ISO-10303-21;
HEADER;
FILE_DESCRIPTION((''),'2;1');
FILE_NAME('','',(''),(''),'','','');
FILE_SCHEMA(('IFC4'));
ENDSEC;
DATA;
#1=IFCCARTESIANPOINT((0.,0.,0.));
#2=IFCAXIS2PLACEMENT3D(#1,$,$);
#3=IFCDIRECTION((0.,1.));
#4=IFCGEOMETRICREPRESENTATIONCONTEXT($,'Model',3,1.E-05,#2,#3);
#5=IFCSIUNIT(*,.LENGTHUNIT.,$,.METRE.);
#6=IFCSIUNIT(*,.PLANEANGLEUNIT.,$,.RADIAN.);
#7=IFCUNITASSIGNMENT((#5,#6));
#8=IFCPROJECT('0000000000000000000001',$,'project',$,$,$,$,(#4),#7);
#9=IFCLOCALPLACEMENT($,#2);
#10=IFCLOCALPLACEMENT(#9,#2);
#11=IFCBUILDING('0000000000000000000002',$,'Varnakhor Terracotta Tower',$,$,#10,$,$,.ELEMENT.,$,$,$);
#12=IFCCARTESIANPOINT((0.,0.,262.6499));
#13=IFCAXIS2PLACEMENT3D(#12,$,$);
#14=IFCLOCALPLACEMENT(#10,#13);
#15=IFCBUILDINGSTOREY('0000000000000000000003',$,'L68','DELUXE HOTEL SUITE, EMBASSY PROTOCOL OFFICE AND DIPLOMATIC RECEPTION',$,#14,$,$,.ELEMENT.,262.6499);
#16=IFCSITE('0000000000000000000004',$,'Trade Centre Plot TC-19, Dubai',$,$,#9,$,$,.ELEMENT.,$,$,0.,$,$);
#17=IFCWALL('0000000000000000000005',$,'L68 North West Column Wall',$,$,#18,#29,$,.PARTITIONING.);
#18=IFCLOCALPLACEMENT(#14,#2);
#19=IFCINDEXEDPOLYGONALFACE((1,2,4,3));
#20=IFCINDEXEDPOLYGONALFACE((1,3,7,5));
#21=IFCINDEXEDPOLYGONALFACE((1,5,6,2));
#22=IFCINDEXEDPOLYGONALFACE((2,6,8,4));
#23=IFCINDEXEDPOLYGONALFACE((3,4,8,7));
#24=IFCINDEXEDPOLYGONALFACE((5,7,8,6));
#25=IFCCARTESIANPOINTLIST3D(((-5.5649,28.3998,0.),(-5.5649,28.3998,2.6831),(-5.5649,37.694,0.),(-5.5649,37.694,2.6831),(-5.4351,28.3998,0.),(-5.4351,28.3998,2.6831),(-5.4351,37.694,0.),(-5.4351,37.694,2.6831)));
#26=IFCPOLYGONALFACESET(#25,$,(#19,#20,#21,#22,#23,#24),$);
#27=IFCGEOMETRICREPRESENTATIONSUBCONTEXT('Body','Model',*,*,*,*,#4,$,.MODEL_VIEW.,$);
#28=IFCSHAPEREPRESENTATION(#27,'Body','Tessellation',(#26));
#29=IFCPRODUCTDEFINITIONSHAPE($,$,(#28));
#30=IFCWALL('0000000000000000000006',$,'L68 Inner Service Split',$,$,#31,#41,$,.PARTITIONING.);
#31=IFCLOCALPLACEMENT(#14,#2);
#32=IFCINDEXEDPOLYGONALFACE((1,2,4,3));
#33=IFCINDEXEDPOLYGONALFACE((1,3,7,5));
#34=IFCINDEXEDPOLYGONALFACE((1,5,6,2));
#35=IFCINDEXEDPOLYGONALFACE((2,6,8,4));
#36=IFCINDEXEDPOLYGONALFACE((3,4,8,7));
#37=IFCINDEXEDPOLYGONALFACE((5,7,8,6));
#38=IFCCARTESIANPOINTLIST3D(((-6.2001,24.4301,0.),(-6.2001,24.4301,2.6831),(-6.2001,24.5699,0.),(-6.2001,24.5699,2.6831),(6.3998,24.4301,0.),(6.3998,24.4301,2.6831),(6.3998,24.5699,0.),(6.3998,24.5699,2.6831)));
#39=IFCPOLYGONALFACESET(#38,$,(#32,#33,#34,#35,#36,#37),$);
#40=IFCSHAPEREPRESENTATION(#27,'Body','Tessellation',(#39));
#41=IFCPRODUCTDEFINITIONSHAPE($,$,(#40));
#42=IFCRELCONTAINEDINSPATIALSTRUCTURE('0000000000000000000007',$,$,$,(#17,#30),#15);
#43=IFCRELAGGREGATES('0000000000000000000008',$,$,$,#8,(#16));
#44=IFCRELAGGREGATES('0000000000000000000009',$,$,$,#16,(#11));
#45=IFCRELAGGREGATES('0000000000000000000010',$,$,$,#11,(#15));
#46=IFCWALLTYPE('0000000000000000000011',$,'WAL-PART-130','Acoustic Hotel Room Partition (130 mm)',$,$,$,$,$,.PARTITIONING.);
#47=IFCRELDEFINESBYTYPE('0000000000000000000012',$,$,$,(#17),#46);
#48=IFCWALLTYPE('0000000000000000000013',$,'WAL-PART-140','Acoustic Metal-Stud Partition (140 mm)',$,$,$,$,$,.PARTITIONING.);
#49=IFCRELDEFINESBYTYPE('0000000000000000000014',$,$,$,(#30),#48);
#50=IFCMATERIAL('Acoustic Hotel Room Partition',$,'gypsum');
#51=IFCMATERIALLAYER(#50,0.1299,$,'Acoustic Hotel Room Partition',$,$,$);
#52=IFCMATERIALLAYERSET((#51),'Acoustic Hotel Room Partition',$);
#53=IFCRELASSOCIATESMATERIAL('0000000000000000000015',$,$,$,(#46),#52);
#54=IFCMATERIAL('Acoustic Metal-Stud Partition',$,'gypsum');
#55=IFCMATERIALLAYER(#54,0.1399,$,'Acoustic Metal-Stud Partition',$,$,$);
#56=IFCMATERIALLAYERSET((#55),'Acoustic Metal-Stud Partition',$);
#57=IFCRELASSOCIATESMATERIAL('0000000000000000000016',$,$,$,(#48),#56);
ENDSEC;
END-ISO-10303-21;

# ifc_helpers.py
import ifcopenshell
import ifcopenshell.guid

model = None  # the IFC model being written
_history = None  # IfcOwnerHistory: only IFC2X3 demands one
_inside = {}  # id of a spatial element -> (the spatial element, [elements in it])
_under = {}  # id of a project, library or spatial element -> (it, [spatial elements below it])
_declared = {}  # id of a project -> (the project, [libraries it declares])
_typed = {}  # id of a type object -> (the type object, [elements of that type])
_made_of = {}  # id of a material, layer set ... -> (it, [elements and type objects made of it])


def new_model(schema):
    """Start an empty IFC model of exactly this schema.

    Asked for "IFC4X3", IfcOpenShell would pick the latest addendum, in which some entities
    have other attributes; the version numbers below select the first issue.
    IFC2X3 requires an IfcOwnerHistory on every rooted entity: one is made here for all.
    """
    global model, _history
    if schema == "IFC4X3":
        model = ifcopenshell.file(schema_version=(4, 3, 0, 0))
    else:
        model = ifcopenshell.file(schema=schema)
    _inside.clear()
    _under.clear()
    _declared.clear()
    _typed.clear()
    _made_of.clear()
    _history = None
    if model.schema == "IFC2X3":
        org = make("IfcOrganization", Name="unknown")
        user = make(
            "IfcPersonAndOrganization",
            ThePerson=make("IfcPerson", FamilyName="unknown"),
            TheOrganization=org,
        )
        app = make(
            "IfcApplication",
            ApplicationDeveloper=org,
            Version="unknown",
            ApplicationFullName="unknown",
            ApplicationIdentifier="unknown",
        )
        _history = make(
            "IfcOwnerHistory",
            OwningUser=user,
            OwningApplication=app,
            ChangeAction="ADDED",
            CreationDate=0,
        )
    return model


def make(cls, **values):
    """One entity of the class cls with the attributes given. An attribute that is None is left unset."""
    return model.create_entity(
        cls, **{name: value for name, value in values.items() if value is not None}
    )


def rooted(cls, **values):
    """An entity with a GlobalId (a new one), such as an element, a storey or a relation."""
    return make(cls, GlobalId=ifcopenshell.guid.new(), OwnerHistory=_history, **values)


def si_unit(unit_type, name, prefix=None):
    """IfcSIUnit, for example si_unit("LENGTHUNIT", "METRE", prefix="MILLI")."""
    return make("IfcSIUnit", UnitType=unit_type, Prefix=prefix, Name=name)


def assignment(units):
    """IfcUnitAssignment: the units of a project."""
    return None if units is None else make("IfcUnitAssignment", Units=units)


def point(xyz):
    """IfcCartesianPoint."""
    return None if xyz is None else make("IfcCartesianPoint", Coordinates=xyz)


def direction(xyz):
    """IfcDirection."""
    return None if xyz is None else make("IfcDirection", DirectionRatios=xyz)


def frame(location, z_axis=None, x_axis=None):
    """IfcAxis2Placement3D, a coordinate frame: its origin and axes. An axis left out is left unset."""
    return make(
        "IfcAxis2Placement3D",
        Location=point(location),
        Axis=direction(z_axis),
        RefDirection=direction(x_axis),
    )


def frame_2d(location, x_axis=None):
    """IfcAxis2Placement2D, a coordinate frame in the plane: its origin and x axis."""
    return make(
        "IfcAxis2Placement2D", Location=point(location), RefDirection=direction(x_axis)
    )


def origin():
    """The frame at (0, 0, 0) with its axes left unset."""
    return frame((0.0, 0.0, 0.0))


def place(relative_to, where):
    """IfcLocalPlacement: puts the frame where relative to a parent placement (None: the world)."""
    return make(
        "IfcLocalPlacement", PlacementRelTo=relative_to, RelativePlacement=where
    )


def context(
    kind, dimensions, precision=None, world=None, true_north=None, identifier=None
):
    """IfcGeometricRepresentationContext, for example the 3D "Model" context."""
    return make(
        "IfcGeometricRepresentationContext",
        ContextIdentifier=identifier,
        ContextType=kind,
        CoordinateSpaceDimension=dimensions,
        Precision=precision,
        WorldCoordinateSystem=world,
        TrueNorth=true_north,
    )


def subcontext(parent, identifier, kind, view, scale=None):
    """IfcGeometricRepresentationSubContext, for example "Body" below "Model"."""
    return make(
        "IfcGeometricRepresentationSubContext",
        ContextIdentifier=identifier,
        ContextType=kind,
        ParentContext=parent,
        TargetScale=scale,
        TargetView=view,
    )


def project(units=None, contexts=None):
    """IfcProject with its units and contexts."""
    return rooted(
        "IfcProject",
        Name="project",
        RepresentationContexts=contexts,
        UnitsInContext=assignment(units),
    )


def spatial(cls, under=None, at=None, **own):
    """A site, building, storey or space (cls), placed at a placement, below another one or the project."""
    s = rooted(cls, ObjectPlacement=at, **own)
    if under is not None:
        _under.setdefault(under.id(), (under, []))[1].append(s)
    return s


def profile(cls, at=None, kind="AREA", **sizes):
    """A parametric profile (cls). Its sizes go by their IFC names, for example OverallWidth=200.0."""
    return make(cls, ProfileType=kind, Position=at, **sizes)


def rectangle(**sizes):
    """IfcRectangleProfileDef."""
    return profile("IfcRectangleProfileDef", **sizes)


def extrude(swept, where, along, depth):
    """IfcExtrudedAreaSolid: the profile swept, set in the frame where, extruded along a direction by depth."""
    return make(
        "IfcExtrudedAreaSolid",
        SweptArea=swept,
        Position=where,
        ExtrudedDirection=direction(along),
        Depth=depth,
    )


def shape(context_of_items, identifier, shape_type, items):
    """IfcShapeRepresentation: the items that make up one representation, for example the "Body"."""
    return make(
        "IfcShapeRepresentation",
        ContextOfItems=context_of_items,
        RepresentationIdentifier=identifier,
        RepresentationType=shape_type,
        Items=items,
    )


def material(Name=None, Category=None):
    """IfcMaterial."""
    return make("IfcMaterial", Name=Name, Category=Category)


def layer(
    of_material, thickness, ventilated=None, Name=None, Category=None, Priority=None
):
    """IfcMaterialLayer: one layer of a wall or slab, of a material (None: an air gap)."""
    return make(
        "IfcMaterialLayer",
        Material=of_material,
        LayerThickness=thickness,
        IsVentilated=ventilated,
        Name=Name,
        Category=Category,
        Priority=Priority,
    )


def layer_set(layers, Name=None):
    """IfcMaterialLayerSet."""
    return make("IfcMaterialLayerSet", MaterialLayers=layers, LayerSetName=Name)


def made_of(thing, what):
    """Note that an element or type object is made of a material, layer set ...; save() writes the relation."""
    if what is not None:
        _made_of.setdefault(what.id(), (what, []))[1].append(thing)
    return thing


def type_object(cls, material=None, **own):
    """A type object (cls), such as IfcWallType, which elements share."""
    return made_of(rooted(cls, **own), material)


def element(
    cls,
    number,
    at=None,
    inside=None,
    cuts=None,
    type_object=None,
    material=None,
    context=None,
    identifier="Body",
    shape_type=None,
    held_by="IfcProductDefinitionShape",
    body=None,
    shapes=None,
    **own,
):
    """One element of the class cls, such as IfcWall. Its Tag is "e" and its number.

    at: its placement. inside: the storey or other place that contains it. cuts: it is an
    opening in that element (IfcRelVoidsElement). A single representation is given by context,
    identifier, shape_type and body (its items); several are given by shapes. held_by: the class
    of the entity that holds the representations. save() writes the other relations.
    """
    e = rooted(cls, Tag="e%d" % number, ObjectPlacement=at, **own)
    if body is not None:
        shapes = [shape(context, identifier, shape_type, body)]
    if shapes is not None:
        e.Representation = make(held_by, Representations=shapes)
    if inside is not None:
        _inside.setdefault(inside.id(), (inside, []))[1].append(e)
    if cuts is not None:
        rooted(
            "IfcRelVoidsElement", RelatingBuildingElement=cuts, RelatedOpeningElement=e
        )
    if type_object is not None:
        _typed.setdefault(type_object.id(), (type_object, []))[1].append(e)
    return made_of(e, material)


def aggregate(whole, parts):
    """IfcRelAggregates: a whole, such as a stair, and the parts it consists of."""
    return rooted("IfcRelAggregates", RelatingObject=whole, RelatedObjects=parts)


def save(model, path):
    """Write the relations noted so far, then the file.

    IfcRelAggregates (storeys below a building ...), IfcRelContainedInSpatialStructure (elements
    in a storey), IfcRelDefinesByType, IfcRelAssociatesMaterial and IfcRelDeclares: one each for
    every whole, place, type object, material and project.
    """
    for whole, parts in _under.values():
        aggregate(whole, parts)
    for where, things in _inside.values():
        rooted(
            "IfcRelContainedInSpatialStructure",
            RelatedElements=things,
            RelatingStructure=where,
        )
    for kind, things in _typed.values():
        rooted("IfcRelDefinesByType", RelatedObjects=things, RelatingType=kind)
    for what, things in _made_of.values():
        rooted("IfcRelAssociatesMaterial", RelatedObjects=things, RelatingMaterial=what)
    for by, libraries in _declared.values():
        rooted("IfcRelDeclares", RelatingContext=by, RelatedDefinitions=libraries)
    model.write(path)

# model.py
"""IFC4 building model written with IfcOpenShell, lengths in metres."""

from ifc_helpers import new_model, si_unit, direction, frame, frame_2d, origin, place, context, subcontext, project, spatial, rectangle, extrude, material, layer, layer_set, type_object, element, save


model = new_model("IFC4")

# Units and contexts
model_context = context("Model", 3, precision=1e-05, world=origin(), true_north=direction((0.0, 1.0)))
body_context = subcontext(model_context, "Body", "Model", "MODEL_VIEW")
ifc_project = project(units=[si_unit("LENGTHUNIT", "METRE"), si_unit("PLANEANGLEUNIT", "RADIAN")], contexts=[model_context])

# Site, building, storey
site_placement = place(None, origin())
site = spatial("IfcSite", under=ifc_project, at=site_placement, Name="Trade Centre Plot TC-19, Dubai", CompositionType="ELEMENT", RefElevation=0.0)
building_placement = place(site_placement, origin())
building = spatial("IfcBuilding", under=site, at=building_placement, Name="Varnakhor Terracotta Tower", CompositionType="ELEMENT")
storey_placement = place(building_placement, frame((0.0, 0.0, 262.6499)))
storey = spatial("IfcBuildingStorey", under=building, at=storey_placement, Name="L68", Description="DELUXE HOTEL SUITE, EMBASSY PROTOCOL OFFICE AND DIPLOMATIC RECEPTION", CompositionType="ELEMENT", Elevation=262.6499)

# Walls
ifc_material_1 = material(Name="Acoustic Hotel Room Partition", Category="gypsum")
ifc_layer_1 = layer(ifc_material_1, 0.1299, Name="Acoustic Hotel Room Partition")
ifc_layer_set_1 = layer_set([ifc_layer_1], Name="Acoustic Hotel Room Partition")
wall_type_1 = type_object("IfcWallType", Name="WAL-PART-130", Description="Acoustic Hotel Room Partition (130 mm)", PredefinedType="PARTITIONING", material=ifc_layer_set_1)
wall_1_placement = place(storey_placement, frame((-5.5, 28.3999, 0.0), z_axis=(0.0, 0.0, 1.0), x_axis=(0.0, 1.0, 0.0)))
element("IfcWall", 1, at=wall_1_placement, inside=storey, type_object=wall_type_1, Name="L68 North West Column Wall", PredefinedType="PARTITIONING", context=body_context, shape_type="SweptSolid", body=[
    extrude(rectangle(XDim=9.2942, YDim=0.1299, at=frame_2d((4.647, 0.0))), origin(), (0.0, 0.0, 1.0), 2.6831),
])
ifc_material_2 = material(Name="Acoustic Metal-Stud Partition", Category="gypsum")
ifc_layer_2 = layer(ifc_material_2, 0.1399, Name="Acoustic Metal-Stud Partition")
ifc_layer_set_2 = layer_set([ifc_layer_2], Name="Acoustic Metal-Stud Partition")
wall_type_2 = type_object("IfcWallType", Name="WAL-PART-140", Description="Acoustic Metal-Stud Partition (140 mm)", PredefinedType="PARTITIONING", material=ifc_layer_set_2)
wall_2_placement = place(storey_placement, frame((-6.2, 24.5, 0.0), z_axis=(0.0, 0.0, 1.0), x_axis=(1.0, 0.0, 0.0)))
element("IfcWall", 2, at=wall_2_placement, inside=storey, type_object=wall_type_2, Name="L68 Inner Service Split", PredefinedType="PARTITIONING", context=body_context, shape_type="SweptSolid", body=[
    extrude(rectangle(XDim=12.5999, YDim=0.1399, at=frame_2d((6.2998, 0.0))), origin(), (0.0, 0.0, 1.0), 2.6831),
])

save(model, "model.ifc")
